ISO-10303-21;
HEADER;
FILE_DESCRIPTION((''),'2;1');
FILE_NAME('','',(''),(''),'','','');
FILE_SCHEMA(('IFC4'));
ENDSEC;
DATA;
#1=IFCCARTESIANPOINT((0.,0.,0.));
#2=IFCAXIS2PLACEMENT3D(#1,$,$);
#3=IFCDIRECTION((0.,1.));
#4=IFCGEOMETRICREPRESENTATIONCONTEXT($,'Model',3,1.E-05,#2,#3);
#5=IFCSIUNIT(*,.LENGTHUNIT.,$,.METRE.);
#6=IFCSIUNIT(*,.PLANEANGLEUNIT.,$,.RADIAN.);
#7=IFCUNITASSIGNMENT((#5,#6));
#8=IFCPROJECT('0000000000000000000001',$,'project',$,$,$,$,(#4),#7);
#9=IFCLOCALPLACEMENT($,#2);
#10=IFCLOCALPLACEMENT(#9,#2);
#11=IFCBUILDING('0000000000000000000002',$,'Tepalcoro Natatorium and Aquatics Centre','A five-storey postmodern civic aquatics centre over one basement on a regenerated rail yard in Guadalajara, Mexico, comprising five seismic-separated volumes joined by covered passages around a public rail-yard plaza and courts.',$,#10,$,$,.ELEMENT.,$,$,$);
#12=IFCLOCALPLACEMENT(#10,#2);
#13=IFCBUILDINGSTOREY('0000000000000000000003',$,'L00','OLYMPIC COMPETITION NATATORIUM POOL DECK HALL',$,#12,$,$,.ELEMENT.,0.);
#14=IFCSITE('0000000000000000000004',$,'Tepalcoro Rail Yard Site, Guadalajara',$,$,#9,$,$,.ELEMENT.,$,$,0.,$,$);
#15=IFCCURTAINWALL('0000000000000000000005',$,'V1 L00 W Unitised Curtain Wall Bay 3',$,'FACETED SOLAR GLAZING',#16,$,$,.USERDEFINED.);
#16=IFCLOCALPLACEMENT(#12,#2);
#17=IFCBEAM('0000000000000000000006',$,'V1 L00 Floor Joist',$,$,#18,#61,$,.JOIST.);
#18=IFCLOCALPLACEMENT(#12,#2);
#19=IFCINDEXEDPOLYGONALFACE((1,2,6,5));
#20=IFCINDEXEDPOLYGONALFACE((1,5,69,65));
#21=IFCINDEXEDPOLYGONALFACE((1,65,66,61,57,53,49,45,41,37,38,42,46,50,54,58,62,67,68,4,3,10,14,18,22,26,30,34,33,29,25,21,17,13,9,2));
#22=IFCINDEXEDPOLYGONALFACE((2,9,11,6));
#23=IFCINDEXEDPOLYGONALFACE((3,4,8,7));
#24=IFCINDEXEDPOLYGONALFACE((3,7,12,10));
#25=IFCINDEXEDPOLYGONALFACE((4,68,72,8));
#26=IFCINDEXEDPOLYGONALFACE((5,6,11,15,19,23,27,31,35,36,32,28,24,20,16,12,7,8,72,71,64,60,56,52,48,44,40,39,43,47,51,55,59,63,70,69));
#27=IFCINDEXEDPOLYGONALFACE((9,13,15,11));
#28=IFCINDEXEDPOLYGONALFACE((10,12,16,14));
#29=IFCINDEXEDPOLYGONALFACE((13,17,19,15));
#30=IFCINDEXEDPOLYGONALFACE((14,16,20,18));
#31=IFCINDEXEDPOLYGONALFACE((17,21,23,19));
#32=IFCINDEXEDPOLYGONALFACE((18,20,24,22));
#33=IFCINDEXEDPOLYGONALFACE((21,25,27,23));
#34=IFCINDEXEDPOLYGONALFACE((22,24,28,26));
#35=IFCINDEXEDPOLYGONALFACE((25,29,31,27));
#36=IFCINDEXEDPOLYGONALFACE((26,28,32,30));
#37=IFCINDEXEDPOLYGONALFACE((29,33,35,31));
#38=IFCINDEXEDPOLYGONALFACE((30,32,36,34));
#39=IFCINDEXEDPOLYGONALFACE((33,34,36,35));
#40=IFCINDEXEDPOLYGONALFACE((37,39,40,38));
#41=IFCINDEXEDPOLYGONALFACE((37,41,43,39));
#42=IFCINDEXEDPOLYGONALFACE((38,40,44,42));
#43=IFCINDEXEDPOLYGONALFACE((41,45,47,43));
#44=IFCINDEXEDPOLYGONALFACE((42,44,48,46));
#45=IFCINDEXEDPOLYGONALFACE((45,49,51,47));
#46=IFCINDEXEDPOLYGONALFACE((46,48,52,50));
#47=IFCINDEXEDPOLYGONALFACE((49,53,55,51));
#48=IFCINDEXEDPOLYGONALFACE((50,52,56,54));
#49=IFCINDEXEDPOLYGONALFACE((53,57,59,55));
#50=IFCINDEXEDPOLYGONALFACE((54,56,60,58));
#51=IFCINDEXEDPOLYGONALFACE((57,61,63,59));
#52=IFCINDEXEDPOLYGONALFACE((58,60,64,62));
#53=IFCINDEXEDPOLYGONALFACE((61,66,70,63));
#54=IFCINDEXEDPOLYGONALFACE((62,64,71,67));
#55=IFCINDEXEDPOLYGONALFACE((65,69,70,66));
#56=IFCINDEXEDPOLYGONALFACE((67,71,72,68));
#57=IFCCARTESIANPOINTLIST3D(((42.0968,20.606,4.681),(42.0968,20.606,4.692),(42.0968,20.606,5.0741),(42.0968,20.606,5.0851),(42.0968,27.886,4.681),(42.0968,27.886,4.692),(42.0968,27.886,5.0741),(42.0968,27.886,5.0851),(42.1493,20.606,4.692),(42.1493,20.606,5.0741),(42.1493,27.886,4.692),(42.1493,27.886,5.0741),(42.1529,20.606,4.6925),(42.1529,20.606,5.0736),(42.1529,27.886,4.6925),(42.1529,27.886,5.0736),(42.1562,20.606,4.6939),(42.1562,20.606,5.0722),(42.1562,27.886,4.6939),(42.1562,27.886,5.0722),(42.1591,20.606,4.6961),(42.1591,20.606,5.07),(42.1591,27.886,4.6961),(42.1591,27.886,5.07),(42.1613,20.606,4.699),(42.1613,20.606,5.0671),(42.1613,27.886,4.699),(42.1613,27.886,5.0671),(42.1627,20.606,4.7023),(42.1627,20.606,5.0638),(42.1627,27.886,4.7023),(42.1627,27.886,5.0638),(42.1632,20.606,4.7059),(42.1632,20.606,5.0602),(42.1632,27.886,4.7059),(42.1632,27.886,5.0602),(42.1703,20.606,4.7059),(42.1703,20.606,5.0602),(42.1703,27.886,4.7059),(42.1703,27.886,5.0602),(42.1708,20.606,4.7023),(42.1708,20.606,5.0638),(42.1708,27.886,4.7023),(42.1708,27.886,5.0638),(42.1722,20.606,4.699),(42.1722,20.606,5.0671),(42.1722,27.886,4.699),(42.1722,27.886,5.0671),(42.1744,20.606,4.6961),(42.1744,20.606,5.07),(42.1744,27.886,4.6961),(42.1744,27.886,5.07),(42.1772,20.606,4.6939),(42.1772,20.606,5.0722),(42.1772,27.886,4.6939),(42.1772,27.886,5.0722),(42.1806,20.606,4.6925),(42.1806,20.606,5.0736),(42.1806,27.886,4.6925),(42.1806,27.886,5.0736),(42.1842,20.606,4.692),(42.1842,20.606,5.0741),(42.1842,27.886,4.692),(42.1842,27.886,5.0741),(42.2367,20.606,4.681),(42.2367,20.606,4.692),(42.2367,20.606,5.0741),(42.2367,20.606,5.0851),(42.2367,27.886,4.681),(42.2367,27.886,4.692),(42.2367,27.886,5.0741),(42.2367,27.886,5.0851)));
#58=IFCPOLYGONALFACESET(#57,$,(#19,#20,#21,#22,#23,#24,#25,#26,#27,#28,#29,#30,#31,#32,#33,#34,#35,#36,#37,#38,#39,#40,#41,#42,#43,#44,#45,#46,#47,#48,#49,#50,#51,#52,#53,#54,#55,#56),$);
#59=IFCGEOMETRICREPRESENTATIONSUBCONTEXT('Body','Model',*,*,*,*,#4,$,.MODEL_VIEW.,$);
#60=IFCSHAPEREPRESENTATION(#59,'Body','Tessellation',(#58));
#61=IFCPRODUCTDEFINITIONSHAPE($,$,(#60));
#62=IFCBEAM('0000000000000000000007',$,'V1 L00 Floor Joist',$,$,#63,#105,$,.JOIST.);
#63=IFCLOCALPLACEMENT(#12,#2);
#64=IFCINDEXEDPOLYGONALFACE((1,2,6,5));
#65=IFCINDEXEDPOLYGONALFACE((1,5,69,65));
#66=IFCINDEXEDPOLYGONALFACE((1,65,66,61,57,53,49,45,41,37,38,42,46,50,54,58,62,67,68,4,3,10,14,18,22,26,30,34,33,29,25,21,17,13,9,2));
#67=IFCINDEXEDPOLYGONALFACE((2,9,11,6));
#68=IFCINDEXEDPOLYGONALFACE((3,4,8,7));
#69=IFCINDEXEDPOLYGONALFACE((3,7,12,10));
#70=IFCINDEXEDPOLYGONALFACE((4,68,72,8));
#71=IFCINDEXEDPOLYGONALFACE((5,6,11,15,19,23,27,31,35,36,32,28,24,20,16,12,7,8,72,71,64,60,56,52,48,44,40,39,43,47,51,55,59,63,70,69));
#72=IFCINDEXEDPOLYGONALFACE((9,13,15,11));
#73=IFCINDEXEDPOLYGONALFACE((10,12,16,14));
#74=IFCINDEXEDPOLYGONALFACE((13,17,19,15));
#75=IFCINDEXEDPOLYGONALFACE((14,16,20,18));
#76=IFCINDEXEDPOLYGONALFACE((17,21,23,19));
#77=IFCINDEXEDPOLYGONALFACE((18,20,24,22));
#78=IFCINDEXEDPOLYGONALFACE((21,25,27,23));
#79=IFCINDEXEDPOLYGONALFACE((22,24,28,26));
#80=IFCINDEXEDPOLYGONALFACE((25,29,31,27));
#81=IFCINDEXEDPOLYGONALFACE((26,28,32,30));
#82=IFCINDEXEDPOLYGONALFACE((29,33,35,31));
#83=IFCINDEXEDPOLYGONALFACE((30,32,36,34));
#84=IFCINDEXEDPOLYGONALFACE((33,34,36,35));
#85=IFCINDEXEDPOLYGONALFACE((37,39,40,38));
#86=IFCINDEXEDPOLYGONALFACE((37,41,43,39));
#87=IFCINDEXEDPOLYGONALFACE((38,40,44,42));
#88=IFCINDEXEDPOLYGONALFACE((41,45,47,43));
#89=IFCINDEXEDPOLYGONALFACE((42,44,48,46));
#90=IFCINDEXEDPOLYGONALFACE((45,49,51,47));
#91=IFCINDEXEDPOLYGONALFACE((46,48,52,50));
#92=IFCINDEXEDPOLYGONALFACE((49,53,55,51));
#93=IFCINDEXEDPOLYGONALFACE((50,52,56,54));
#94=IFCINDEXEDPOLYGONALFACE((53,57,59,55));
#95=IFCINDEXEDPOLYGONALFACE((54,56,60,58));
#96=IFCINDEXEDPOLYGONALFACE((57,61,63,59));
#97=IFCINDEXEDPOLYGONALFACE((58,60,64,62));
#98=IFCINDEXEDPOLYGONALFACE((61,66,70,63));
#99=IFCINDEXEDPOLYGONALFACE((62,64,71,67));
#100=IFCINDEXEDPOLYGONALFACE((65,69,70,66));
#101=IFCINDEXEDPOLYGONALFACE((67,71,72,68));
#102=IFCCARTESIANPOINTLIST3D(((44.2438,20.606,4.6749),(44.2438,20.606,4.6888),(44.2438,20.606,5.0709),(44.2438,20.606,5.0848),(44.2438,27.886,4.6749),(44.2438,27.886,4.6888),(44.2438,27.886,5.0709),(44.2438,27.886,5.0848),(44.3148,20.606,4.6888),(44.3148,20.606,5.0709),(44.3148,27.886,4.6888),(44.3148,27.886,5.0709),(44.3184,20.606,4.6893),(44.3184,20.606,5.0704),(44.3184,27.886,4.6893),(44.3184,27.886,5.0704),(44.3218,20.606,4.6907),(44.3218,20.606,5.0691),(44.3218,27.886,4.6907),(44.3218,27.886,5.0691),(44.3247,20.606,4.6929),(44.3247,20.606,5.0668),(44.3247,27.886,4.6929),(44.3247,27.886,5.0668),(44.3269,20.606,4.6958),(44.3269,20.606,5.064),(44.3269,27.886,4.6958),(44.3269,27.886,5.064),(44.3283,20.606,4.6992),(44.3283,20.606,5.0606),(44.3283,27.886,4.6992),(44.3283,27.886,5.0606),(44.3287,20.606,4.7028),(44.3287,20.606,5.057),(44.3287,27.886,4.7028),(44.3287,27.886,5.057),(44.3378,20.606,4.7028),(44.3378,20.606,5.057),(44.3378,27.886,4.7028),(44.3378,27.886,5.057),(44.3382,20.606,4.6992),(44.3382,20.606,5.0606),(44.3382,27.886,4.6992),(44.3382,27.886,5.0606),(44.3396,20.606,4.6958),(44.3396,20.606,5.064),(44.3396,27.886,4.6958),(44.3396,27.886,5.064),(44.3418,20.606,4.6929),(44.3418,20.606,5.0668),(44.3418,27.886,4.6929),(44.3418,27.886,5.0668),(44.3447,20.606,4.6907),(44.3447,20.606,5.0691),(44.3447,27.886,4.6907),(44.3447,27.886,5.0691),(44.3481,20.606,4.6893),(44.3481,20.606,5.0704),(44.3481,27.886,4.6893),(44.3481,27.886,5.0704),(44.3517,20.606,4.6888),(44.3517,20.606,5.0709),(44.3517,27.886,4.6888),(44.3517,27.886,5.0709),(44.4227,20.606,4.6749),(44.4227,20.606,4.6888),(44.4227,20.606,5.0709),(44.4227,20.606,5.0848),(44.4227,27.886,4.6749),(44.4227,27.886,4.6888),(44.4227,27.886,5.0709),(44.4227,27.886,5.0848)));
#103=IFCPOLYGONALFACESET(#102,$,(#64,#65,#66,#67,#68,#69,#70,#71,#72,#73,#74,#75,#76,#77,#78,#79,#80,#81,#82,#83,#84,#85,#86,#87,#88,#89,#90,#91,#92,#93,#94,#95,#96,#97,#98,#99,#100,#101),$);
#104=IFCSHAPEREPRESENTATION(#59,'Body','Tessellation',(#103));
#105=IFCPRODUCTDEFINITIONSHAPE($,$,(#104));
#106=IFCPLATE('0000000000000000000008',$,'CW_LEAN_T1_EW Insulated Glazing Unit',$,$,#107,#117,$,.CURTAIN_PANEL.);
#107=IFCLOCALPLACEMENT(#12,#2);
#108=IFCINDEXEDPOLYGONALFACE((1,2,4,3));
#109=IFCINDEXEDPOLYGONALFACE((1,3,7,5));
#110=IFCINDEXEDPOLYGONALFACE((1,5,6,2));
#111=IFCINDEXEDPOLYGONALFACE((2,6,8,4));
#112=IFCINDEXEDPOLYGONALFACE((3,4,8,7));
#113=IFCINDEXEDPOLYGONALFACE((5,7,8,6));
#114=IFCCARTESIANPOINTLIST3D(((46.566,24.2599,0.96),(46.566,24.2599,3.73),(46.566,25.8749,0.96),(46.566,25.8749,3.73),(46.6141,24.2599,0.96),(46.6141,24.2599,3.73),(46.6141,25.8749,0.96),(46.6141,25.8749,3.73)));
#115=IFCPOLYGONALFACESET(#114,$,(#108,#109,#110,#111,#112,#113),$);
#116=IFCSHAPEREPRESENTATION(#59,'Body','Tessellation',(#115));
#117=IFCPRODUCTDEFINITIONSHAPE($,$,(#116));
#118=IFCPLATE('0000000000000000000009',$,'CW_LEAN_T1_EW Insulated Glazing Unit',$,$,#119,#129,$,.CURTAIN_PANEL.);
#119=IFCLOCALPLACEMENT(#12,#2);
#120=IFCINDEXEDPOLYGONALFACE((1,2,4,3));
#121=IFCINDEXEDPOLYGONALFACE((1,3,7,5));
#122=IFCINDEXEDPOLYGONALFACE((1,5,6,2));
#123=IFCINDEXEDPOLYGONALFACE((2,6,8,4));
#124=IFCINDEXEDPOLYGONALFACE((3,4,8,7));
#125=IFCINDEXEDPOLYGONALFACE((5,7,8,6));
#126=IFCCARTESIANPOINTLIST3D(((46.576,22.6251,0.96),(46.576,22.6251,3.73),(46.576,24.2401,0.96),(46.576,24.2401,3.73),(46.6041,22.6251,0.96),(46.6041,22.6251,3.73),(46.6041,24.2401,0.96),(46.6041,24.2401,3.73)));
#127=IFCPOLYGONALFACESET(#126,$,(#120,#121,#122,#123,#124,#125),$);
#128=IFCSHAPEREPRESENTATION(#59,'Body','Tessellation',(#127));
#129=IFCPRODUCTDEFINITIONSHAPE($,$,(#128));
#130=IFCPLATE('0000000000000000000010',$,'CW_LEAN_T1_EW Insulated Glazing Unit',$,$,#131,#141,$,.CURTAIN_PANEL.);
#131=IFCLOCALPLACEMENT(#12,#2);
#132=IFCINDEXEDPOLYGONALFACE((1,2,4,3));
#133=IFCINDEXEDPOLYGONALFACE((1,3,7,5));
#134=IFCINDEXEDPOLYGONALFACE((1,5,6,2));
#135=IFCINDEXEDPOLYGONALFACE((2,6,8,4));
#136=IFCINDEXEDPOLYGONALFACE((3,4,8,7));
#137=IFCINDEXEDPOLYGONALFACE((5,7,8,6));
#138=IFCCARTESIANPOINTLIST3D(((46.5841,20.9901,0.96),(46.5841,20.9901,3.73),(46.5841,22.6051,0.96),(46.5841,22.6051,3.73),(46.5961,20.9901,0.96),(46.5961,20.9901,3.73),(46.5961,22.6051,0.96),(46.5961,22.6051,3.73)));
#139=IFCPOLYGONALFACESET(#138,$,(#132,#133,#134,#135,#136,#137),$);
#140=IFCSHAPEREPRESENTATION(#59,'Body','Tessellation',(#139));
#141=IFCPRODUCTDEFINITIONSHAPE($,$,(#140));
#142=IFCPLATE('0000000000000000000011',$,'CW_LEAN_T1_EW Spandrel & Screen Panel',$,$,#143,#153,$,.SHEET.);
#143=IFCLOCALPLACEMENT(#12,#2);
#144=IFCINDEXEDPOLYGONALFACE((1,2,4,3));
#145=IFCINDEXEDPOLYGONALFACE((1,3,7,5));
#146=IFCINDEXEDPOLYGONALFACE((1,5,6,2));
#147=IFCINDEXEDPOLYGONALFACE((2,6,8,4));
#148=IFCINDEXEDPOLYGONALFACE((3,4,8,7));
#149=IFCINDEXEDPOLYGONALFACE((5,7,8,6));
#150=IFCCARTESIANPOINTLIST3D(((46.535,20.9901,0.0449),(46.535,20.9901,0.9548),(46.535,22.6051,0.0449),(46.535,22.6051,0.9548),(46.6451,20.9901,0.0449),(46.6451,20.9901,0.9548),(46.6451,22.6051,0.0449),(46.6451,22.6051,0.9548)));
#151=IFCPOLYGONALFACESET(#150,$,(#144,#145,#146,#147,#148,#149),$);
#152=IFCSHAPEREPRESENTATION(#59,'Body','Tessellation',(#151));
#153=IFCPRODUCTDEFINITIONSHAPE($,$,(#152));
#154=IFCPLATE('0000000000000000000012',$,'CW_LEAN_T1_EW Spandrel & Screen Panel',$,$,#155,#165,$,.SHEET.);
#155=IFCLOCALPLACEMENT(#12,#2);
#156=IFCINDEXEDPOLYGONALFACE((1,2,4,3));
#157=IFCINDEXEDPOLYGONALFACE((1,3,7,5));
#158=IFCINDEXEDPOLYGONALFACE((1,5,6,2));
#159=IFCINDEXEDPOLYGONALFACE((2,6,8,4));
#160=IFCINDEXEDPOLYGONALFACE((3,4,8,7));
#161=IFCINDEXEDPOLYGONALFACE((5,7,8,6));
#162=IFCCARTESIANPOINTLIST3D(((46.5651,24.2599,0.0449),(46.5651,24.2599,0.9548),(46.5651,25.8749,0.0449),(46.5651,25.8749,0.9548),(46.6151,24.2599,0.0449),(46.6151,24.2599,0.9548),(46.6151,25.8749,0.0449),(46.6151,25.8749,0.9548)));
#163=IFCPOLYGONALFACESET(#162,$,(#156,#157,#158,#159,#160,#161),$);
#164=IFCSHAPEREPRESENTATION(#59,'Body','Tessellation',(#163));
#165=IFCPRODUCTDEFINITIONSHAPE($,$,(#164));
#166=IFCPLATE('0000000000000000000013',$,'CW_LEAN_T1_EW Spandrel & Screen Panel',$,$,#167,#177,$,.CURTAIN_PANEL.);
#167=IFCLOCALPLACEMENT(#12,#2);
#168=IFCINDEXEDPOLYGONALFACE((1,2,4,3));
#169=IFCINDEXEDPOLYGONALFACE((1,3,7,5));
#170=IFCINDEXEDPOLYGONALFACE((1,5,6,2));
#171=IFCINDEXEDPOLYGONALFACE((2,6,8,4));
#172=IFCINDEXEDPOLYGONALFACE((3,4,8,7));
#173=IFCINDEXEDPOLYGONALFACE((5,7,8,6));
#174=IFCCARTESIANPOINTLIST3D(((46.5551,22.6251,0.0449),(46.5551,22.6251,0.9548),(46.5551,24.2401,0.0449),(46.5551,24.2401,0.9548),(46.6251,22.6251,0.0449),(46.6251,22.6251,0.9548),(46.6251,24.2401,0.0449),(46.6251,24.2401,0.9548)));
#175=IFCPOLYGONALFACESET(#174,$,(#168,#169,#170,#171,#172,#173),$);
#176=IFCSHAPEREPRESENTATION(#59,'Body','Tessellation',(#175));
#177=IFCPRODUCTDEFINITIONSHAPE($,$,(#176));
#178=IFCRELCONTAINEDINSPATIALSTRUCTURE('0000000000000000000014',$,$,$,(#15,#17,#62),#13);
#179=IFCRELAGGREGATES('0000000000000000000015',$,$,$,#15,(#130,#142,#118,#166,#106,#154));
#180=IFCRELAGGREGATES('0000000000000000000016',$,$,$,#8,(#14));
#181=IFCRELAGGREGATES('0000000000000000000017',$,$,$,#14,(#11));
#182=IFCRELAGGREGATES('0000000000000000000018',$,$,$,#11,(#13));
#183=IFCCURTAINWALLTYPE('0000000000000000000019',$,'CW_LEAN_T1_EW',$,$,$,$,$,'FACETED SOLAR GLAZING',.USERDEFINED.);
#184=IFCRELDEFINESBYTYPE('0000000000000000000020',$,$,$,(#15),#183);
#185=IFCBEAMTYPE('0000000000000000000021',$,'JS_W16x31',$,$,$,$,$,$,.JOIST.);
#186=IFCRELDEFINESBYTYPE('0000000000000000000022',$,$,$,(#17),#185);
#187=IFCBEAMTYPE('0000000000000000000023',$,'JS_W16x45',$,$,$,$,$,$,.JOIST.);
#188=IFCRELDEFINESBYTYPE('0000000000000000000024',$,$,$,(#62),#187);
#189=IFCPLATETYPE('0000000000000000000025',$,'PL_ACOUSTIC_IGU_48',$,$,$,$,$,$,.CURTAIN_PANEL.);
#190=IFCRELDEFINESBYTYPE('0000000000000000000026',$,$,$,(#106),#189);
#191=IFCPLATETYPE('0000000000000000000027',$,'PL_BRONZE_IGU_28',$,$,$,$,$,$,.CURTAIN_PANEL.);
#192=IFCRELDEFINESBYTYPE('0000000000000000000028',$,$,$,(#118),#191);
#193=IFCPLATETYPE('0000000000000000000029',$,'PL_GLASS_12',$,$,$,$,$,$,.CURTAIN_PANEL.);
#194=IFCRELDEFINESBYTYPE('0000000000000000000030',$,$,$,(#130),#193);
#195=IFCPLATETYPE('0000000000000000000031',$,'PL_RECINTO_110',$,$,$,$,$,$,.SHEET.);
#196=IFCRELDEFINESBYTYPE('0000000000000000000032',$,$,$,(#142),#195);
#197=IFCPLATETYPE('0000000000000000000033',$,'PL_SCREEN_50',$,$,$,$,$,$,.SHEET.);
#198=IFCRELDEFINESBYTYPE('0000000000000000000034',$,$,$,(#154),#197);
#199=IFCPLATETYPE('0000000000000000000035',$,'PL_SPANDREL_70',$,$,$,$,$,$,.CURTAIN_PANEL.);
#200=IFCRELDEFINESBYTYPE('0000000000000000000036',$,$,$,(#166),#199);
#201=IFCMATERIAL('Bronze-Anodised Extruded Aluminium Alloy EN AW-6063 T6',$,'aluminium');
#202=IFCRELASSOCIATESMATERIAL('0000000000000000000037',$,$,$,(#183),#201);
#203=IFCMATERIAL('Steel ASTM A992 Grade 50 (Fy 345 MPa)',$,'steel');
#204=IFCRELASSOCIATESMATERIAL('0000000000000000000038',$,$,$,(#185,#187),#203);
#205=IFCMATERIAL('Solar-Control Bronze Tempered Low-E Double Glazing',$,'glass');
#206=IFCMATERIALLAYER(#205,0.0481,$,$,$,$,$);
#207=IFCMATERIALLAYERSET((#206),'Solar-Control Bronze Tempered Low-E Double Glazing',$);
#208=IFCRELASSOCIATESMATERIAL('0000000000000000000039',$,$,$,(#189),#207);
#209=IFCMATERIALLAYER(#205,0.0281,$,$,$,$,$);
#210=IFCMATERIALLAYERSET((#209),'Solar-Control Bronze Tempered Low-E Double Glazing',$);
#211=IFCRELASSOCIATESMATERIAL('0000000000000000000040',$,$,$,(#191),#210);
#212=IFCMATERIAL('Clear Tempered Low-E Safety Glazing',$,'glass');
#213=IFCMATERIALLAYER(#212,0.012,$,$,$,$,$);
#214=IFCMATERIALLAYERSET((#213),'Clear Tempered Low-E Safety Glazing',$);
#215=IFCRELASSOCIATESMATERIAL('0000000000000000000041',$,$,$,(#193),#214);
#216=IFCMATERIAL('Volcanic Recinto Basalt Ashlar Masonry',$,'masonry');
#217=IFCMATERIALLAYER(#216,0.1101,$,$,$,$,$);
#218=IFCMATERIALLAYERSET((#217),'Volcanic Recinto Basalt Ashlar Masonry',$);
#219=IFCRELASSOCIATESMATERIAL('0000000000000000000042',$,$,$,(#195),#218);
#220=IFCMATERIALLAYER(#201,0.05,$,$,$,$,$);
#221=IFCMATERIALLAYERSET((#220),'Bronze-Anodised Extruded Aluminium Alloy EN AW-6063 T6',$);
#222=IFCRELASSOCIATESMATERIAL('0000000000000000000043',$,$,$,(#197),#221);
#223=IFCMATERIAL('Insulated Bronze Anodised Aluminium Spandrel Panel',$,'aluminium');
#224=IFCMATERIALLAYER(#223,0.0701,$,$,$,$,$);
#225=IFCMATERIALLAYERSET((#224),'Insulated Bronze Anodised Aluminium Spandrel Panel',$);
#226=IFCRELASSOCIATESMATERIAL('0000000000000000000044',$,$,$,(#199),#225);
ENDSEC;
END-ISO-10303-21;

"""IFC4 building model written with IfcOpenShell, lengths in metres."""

from ifc_helpers import new_model, si_unit, direction, frame, origin, origin_2d, place, context, subcontext, project, spatial, rectangle, i_section, extrude, material, layer, layer_set, material_profile, profile_set, type_object, element, aggregate, save


model = new_model("IFC4")

# Units and contexts
model_context = context("Model", 3, precision=1e-05, world=origin(), true_north=direction((0.0, 1.0)))
body_context = subcontext(model_context, "Body", "Model", "MODEL_VIEW")
ifc_project = project(units=[si_unit("LENGTHUNIT", "METRE"), si_unit("PLANEANGLEUNIT", "RADIAN")], contexts=[model_context])

# Site, building, storey
site_placement = place(None, origin())
site = spatial("IfcSite", under=ifc_project, at=site_placement, Name="Tepalcoro Rail Yard Site, Guadalajara", CompositionType="ELEMENT", RefElevation=0.0)
building_placement = place(site_placement, origin())
building = spatial("IfcBuilding", under=site, at=building_placement, Name="Tepalcoro Natatorium and Aquatics Centre", Description="A five-storey postmodern civic aquatics centre over one basement on a regenerated rail yard in Guadalajara, Mexico, comprising five seismic-separated volumes joined by covered passages around a public rail-yard plaza and courts.", CompositionType="ELEMENT")
storey_placement = place(building_placement, origin())
storey = spatial("IfcBuildingStorey", under=building, at=storey_placement, Name="L00", Description="OLYMPIC COMPETITION NATATORIUM POOL DECK HALL", CompositionType="ELEMENT", Elevation=0.0)

# Shared definitions
ifc_material_1 = material(Name="Steel ASTM A992 Grade 50 (Fy 345 MPa)", Category="steel")

# Curtain wall
ifc_material_2 = material(Name="Bronze-Anodised Extruded Aluminium Alloy EN AW-6063 T6", Category="aluminium")
curtain_wall_type = type_object("IfcCurtainWallType", Name="CW_LEAN_T1_EW", ElementType="FACETED SOLAR GLAZING", PredefinedType="USERDEFINED", material=ifc_material_2)
curtain_wall_placement = place(storey_placement, origin())
curtain_wall = element("IfcCurtainWall", 1, at=curtain_wall_placement, inside=storey, type_object=curtain_wall_type, Name="V1 L00 W Unitised Curtain Wall Bay 3", ObjectType="FACETED SOLAR GLAZING", PredefinedType="USERDEFINED")

# Beams
ifc_material_profile_1 = material_profile(ifc_material_1, i_section(OverallWidth=0.1399, OverallDepth=0.4041, WebThickness=0.0071, FlangeThickness=0.011, FilletRadius=0.0139, at=origin_2d()), Name="W16X31")
ifc_profile_set_1 = profile_set([ifc_material_profile_1], Name="Steel ASTM A992 Grade 50 (Fy 345 MPa)")
beam_type_1 = type_object("IfcBeamType", Name="JS_W16x31", PredefinedType="JOIST", material=ifc_profile_set_1)
beam_1_placement = place(storey_placement, frame((42.1667, 20.606, 4.8831), z_axis=(0.0, 1.0, 0.0), x_axis=(-1.0, 0.0, 0.0)))
element("IfcBeam", 2, at=beam_1_placement, inside=storey, type_object=beam_type_1, Name="V1 L00 Floor Joist", PredefinedType="JOIST", context=body_context, shape_type="SweptSolid", body=[
    extrude(i_section(OverallWidth=0.1399, OverallDepth=0.4041, WebThickness=0.0071, FlangeThickness=0.011, FilletRadius=0.0139, at=origin_2d()), origin(), (0.0, 0.0, 1.0), 7.28),
])
ifc_material_profile_2 = material_profile(ifc_material_1, i_section(OverallWidth=0.179, OverallDepth=0.4099, WebThickness=0.009, FlangeThickness=0.0139, FilletRadius=0.0139, at=origin_2d()), Name="W16X45")
ifc_profile_set_2 = profile_set([ifc_material_profile_2], Name="Steel ASTM A992 Grade 50 (Fy 345 MPa)")
beam_type_2 = type_object("IfcBeamType", Name="JS_W16x45", PredefinedType="JOIST", material=ifc_profile_set_2)
beam_2_placement = place(storey_placement, frame((44.3333, 20.606, 4.8799), z_axis=(0.0, 1.0, 0.0), x_axis=(-1.0, 0.0, 0.0)))
element("IfcBeam", 3, at=beam_2_placement, inside=storey, type_object=beam_type_2, Name="V1 L00 Floor Joist", PredefinedType="JOIST", context=body_context, shape_type="SweptSolid", body=[
    extrude(i_section(OverallWidth=0.179, OverallDepth=0.4099, WebThickness=0.009, FlangeThickness=0.0139, FilletRadius=0.0139, at=origin_2d()), origin(), (0.0, 0.0, 1.0), 7.28),
])

# Plates
ifc_material_3 = material(Name="Solar-Control Bronze Tempered Low-E Double Glazing", Category="glass")
ifc_layer_1 = layer(ifc_material_3, 0.0481)
ifc_layer_set_1 = layer_set([ifc_layer_1], Name="Solar-Control Bronze Tempered Low-E Double Glazing")
plate_type_1 = type_object("IfcPlateType", Name="PL_ACOUSTIC_IGU_48", PredefinedType="CURTAIN_PANEL", material=ifc_layer_set_1)
plate_1_placement = place(storey_placement, frame((46.5901, 25.0674, 0.96), z_axis=(0.0, 0.0, 1.0), x_axis=(1.0, 0.0, 0.0)))
plate_1 = element("IfcPlate", 4, at=plate_1_placement, type_object=plate_type_1, Name="CW_LEAN_T1_EW Insulated Glazing Unit", PredefinedType="CURTAIN_PANEL", context=body_context, shape_type="SweptSolid", body=[
    extrude(rectangle(XDim=0.0481, YDim=1.615, at=origin_2d()), origin(), (0.0, 0.0, 1.0), 2.77),
])
ifc_layer_2 = layer(ifc_material_3, 0.0281)
ifc_layer_set_2 = layer_set([ifc_layer_2], Name="Solar-Control Bronze Tempered Low-E Double Glazing")
plate_type_2 = type_object("IfcPlateType", Name="PL_BRONZE_IGU_28", PredefinedType="CURTAIN_PANEL", material=ifc_layer_set_2)
plate_2_placement = place(storey_placement, frame((46.5901, 23.4326, 0.96), z_axis=(0.0, 0.0, 1.0), x_axis=(1.0, 0.0, 0.0)))
plate_2 = element("IfcPlate", 5, at=plate_2_placement, type_object=plate_type_2, Name="CW_LEAN_T1_EW Insulated Glazing Unit", PredefinedType="CURTAIN_PANEL", context=body_context, shape_type="SweptSolid", body=[
    extrude(rectangle(XDim=0.0281, YDim=1.615, at=origin_2d()), origin(), (0.0, 0.0, 1.0), 2.77),
])
ifc_material_4 = material(Name="Clear Tempered Low-E Safety Glazing", Category="glass")
ifc_layer_3 = layer(ifc_material_4, 0.012)
ifc_layer_set_3 = layer_set([ifc_layer_3], Name="Clear Tempered Low-E Safety Glazing")
plate_type_3 = type_object("IfcPlateType", Name="PL_GLASS_12", PredefinedType="CURTAIN_PANEL", material=ifc_layer_set_3)
plate_3_placement = place(storey_placement, frame((46.5901, 21.7976, 0.96), z_axis=(0.0, 0.0, 1.0), x_axis=(1.0, 0.0, 0.0)))
plate_3 = element("IfcPlate", 6, at=plate_3_placement, type_object=plate_type_3, Name="CW_LEAN_T1_EW Insulated Glazing Unit", PredefinedType="CURTAIN_PANEL", context=body_context, shape_type="SweptSolid", body=[
    extrude(rectangle(XDim=0.012, YDim=1.615, at=origin_2d()), origin(), (0.0, 0.0, 1.0), 2.77),
])
ifc_material_5 = material(Name="Volcanic Recinto Basalt Ashlar Masonry", Category="masonry")
ifc_layer_4 = layer(ifc_material_5, 0.1101)
ifc_layer_set_4 = layer_set([ifc_layer_4], Name="Volcanic Recinto Basalt Ashlar Masonry")
plate_type_4 = type_object("IfcPlateType", Name="PL_RECINTO_110", PredefinedType="SHEET", material=ifc_layer_set_4)
plate_4_placement = place(storey_placement, frame((46.5901, 21.7976, 0.0449), z_axis=(0.0, 0.0, 1.0), x_axis=(1.0, 0.0, 0.0)))
plate_4 = element("IfcPlate", 7, at=plate_4_placement, type_object=plate_type_4, Name="CW_LEAN_T1_EW Spandrel & Screen Panel", PredefinedType="SHEET", context=body_context, shape_type="SweptSolid", body=[
    extrude(rectangle(XDim=0.1101, YDim=1.615, at=origin_2d()), origin(), (0.0, 0.0, 1.0), 0.9099),
])
ifc_layer_5 = layer(ifc_material_2, 0.05)
ifc_layer_set_5 = layer_set([ifc_layer_5], Name="Bronze-Anodised Extruded Aluminium Alloy EN AW-6063 T6")
plate_type_5 = type_object("IfcPlateType", Name="PL_SCREEN_50", PredefinedType="SHEET", material=ifc_layer_set_5)
plate_5_placement = place(storey_placement, frame((46.5901, 25.0674, 0.0449), z_axis=(0.0, 0.0, 1.0), x_axis=(1.0, 0.0, 0.0)))
plate_5 = element("IfcPlate", 8, at=plate_5_placement, type_object=plate_type_5, Name="CW_LEAN_T1_EW Spandrel & Screen Panel", PredefinedType="SHEET", context=body_context, shape_type="SweptSolid", body=[
    extrude(rectangle(XDim=0.05, YDim=1.615, at=origin_2d()), origin(), (0.0, 0.0, 1.0), 0.9099),
])
ifc_material_6 = material(Name="Insulated Bronze Anodised Aluminium Spandrel Panel", Category="aluminium")
ifc_layer_6 = layer(ifc_material_6, 0.0701)
ifc_layer_set_6 = layer_set([ifc_layer_6], Name="Insulated Bronze Anodised Aluminium Spandrel Panel")
plate_type_6 = type_object("IfcPlateType", Name="PL_SPANDREL_70", PredefinedType="CURTAIN_PANEL", material=ifc_layer_set_6)
plate_6_placement = place(storey_placement, frame((46.5901, 23.4326, 0.0449), z_axis=(0.0, 0.0, 1.0), x_axis=(1.0, 0.0, 0.0)))
plate_6 = element("IfcPlate", 9, at=plate_6_placement, type_object=plate_type_6, Name="CW_LEAN_T1_EW Spandrel & Screen Panel", PredefinedType="CURTAIN_PANEL", context=body_context, shape_type="SweptSolid", body=[
    extrude(rectangle(XDim=0.0701, YDim=1.615, at=origin_2d()), origin(), (0.0, 0.0, 1.0), 0.9099),
])
aggregate(curtain_wall, [plate_3, plate_4, plate_2, plate_6, plate_1, plate_5])

save(model, "model.ifc")
